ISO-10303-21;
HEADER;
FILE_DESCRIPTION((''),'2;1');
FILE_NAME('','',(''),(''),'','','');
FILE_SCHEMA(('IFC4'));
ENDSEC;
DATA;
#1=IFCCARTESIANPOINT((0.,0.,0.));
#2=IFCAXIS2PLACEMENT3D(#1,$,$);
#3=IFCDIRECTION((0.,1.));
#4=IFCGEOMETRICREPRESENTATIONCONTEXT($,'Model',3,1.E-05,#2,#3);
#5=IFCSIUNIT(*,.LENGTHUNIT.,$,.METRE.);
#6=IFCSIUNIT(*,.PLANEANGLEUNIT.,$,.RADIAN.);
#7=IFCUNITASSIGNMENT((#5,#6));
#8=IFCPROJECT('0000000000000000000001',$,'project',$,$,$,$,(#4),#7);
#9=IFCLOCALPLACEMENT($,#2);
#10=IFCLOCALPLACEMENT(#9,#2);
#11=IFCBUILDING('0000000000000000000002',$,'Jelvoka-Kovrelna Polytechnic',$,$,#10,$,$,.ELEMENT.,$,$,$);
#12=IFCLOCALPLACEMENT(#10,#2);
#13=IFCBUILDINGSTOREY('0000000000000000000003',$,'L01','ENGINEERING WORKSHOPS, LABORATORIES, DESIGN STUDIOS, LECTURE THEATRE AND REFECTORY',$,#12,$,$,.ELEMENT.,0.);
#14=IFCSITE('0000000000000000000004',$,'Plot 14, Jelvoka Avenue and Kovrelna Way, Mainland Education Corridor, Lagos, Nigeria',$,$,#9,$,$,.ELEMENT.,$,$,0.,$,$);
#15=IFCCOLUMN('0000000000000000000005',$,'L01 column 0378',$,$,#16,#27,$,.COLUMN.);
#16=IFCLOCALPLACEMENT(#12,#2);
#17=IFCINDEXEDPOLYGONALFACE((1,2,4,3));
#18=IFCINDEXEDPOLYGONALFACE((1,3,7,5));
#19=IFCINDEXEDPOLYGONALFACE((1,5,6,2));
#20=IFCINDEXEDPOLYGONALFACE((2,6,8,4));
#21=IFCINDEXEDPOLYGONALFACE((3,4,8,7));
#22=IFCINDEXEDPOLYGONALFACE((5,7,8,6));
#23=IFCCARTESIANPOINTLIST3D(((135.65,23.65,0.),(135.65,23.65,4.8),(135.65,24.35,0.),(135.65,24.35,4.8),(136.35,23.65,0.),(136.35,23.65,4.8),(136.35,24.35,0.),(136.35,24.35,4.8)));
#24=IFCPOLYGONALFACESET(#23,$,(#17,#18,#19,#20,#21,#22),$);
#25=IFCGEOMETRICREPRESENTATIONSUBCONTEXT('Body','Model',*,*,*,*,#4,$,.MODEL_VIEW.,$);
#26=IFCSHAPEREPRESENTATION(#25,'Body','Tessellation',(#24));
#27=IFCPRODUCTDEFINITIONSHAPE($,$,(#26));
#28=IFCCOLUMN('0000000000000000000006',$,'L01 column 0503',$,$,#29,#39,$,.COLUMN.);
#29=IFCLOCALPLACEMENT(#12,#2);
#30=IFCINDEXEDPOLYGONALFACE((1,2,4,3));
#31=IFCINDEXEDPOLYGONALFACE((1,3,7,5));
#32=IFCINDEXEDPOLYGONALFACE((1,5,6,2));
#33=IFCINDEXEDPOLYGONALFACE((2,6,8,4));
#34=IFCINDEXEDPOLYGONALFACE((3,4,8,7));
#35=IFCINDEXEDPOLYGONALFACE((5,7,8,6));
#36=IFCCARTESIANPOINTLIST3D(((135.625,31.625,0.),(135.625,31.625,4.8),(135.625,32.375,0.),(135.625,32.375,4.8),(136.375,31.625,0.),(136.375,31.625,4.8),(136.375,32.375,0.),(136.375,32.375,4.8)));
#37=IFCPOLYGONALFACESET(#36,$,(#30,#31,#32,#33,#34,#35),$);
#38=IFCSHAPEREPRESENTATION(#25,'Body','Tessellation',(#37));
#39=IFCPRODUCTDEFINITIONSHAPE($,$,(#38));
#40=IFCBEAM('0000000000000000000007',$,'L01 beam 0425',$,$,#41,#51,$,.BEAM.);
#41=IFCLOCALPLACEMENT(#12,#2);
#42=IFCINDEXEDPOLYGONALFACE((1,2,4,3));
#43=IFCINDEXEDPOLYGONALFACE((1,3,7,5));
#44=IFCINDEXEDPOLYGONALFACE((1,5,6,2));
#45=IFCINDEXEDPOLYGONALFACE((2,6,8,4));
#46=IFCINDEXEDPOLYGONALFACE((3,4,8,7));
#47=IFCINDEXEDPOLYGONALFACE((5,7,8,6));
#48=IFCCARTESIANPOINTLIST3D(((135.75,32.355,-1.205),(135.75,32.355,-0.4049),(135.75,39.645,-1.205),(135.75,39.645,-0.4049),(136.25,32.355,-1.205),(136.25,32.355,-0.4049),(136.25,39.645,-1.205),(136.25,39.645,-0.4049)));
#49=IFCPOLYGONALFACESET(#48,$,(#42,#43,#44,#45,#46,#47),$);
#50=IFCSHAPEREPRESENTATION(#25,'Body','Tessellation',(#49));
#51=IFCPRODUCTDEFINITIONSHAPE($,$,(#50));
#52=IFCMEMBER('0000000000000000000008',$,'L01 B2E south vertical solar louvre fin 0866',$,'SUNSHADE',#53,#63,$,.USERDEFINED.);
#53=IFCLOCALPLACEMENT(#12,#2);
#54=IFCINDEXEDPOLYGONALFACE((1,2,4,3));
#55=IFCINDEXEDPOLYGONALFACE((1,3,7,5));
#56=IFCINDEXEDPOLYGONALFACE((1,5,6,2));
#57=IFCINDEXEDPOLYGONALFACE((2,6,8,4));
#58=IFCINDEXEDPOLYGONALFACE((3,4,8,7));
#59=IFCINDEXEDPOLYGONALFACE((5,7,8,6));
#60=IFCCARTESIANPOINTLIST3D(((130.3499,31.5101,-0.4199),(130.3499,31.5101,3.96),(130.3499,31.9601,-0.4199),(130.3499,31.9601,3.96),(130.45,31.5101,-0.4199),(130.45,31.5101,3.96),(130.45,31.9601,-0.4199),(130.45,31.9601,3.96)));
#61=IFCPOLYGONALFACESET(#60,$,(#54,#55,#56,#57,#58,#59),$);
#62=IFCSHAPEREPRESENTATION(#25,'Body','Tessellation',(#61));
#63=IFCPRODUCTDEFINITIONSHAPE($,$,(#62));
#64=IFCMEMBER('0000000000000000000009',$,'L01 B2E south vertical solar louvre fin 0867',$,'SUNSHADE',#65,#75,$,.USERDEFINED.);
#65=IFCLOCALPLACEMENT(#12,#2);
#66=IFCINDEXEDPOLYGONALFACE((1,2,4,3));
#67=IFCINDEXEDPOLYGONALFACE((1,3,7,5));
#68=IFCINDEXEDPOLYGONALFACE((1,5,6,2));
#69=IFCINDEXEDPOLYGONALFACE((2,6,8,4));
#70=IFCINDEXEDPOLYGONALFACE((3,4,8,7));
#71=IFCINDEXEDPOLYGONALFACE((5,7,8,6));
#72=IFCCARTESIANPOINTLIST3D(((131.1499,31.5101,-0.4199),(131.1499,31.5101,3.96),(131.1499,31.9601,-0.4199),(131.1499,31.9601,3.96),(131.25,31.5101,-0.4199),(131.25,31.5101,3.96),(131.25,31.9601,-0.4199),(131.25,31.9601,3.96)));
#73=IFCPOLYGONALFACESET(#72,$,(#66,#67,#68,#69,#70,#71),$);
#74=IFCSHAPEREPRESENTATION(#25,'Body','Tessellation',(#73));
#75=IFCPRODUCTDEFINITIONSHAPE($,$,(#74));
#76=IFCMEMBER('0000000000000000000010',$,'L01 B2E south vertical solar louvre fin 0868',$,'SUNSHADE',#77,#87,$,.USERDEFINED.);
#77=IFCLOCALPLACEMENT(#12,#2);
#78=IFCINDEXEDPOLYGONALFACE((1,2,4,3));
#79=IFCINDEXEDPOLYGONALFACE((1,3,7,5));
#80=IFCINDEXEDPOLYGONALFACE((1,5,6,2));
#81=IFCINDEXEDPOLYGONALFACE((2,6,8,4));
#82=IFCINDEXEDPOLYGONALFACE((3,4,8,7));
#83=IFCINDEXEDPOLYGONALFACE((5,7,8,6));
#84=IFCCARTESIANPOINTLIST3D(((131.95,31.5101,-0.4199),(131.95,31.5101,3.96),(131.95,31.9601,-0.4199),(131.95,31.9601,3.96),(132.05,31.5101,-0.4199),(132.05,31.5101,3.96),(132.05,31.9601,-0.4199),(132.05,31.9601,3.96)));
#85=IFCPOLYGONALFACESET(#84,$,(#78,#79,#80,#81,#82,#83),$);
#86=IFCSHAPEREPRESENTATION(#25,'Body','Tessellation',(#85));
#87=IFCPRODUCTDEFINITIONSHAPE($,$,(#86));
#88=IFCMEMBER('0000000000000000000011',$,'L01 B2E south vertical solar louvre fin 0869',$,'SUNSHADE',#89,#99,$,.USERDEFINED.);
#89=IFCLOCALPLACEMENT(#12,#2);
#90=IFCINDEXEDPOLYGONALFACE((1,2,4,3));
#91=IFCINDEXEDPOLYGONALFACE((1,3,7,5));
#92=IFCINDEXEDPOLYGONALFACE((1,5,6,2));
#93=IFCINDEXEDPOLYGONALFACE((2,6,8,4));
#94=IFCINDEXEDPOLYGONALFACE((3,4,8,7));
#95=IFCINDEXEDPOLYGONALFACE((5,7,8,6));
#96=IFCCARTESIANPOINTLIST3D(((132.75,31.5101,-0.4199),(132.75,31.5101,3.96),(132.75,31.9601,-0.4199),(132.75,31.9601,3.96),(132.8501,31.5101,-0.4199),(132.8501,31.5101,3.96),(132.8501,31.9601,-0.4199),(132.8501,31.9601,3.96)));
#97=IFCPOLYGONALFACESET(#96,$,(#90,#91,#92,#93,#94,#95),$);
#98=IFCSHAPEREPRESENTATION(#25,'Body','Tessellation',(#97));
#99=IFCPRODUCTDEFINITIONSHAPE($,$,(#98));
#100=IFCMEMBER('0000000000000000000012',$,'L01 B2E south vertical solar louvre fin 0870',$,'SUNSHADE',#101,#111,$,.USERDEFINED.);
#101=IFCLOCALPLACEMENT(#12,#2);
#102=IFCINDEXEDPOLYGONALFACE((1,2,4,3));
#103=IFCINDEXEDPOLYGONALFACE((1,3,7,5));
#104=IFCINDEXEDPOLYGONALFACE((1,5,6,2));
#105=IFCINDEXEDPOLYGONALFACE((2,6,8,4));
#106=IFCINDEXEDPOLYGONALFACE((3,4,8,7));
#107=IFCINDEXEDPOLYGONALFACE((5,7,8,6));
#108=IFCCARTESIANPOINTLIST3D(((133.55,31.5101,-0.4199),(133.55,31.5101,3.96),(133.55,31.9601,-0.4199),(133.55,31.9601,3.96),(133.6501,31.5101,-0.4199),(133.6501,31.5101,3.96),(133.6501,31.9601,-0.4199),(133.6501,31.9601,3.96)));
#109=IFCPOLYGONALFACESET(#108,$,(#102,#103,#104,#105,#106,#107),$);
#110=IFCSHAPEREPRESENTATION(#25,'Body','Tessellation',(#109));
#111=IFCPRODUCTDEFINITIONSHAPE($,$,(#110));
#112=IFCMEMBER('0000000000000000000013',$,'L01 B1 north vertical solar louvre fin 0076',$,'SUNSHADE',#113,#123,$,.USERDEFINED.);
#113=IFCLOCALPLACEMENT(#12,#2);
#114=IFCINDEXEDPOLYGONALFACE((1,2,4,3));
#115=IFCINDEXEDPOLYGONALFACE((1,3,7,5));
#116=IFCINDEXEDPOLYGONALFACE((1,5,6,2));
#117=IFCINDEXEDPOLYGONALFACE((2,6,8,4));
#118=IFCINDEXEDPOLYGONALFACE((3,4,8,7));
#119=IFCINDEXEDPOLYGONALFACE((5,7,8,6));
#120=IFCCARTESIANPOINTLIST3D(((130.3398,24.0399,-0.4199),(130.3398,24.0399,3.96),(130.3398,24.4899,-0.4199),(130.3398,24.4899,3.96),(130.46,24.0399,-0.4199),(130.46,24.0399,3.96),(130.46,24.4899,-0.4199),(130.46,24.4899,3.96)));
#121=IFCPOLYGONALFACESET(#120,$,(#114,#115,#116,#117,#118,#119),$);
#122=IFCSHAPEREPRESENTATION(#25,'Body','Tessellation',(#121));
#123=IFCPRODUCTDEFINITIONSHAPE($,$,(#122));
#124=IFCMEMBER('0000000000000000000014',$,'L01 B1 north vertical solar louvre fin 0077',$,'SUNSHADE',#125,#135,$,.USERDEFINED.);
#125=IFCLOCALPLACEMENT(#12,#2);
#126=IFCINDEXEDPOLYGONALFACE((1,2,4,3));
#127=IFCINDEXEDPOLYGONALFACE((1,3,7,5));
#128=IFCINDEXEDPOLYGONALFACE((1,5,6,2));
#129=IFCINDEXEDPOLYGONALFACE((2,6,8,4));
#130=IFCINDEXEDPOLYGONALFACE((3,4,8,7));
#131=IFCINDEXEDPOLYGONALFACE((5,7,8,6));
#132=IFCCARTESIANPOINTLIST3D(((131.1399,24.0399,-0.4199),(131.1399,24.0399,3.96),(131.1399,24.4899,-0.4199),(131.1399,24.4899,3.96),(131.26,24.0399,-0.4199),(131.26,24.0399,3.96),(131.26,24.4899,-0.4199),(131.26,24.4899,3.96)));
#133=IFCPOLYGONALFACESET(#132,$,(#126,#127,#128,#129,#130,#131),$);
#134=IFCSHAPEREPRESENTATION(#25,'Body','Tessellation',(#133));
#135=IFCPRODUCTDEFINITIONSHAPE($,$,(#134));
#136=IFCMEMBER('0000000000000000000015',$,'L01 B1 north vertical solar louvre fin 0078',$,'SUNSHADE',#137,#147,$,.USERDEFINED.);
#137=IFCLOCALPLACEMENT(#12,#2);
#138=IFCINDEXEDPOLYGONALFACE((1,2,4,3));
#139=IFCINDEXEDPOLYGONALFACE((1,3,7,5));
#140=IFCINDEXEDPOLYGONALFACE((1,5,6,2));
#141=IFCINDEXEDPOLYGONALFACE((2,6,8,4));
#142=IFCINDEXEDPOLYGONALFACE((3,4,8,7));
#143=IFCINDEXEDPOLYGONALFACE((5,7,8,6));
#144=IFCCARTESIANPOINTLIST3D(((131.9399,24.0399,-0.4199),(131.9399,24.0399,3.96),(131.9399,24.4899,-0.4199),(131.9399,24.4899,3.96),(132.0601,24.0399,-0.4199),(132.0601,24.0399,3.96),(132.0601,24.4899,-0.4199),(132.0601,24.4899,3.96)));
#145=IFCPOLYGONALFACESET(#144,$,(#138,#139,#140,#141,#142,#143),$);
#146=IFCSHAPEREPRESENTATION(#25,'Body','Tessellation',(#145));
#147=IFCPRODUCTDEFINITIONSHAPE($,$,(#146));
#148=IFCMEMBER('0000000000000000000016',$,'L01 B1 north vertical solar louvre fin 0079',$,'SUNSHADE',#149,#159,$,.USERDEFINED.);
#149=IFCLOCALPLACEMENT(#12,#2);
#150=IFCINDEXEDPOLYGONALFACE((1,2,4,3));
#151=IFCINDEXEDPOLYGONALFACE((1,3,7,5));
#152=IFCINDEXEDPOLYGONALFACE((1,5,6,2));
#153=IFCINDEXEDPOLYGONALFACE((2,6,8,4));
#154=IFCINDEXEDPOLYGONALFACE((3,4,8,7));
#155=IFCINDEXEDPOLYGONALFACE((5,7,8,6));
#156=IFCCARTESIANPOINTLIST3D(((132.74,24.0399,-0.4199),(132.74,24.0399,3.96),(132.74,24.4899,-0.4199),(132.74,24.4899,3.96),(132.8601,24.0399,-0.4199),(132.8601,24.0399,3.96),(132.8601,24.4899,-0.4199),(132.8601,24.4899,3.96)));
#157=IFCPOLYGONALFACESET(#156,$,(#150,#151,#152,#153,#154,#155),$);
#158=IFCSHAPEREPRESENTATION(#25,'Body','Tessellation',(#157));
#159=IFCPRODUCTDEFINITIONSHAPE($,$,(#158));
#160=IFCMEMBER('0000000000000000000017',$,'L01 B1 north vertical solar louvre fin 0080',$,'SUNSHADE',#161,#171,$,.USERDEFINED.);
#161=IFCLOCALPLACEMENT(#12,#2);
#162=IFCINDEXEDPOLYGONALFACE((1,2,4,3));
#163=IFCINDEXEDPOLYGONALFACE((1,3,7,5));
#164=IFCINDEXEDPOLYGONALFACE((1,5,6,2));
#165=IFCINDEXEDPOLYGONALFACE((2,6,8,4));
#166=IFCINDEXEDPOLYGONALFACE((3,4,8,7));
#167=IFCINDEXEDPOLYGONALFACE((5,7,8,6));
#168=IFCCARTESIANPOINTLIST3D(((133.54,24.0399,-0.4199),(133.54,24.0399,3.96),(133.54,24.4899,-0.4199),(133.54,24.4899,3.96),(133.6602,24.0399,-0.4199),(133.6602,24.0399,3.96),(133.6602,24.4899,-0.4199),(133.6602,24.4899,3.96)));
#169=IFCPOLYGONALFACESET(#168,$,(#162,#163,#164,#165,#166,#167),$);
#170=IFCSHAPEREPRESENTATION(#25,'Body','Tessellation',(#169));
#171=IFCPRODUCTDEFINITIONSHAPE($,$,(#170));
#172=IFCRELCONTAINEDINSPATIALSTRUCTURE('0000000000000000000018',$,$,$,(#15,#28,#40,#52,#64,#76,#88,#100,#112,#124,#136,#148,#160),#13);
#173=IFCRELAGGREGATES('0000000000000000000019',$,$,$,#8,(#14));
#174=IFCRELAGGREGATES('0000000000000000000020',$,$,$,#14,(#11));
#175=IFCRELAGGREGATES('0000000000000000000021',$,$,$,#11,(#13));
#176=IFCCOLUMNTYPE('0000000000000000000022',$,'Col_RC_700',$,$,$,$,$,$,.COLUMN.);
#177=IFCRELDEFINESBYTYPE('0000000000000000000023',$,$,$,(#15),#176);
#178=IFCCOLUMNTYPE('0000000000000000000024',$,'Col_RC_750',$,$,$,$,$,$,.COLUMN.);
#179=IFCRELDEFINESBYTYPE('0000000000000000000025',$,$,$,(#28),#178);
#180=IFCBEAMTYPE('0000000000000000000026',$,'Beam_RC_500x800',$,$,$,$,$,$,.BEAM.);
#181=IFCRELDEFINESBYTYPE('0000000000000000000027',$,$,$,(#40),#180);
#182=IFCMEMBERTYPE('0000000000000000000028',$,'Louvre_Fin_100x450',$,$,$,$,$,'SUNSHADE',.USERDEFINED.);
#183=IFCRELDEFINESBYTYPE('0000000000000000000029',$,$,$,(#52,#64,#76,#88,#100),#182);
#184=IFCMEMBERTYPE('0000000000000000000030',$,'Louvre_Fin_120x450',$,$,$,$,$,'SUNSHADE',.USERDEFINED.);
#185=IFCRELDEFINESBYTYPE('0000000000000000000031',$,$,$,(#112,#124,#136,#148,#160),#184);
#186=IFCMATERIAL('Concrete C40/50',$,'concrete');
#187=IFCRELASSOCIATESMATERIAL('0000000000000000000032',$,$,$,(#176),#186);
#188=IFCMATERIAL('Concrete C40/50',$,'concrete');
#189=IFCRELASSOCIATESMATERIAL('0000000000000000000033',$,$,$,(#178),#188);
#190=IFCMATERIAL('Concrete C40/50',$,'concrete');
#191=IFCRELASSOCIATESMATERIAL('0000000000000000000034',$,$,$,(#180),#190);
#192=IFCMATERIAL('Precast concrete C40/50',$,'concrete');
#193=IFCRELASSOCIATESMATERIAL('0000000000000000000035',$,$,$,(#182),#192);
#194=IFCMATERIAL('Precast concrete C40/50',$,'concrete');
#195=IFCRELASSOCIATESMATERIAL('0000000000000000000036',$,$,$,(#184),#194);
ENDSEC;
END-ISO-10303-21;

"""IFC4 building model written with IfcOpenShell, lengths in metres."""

from ifc_helpers import new_model, si_unit, direction, frame, origin, origin_2d, place, context, subcontext, project, spatial, rectangle, extrude, material, material_profile, profile_set, type_object, element, save


model = new_model("IFC4")

# Units and contexts
model_context = context("Model", 3, precision=1e-05, world=origin(), true_north=direction((0.0, 1.0)))
body_context = subcontext(model_context, "Body", "Model", "MODEL_VIEW")
ifc_project = project(units=[si_unit("LENGTHUNIT", "METRE"), si_unit("PLANEANGLEUNIT", "RADIAN")], contexts=[model_context])

# Site, building, storey
site_placement = place(None, origin())
site = spatial("IfcSite", under=ifc_project, at=site_placement, Name="Plot 14, Jelvoka Avenue and Kovrelna Way, Mainland Education Corridor, Lagos, Nigeria", CompositionType="ELEMENT", RefElevation=0.0)
building_placement = place(site_placement, origin())
building = spatial("IfcBuilding", under=site, at=building_placement, Name="Jelvoka-Kovrelna Polytechnic", CompositionType="ELEMENT")
storey_placement = place(building_placement, origin())
storey = spatial("IfcBuildingStorey", under=building, at=storey_placement, Name="L01", Description="ENGINEERING WORKSHOPS, LABORATORIES, DESIGN STUDIOS, LECTURE THEATRE AND REFECTORY", CompositionType="ELEMENT", Elevation=0.0)

# Columns
ifc_material_1 = material(Name="Concrete C40/50", Category="concrete")
ifc_material_profile_1 = material_profile(ifc_material_1, rectangle(XDim=0.7, YDim=0.7, at=origin_2d()), Name="RC 700x700")
ifc_profile_set_1 = profile_set([ifc_material_profile_1], Name="Concrete C40/50")
column_type_1 = type_object("IfcColumnType", Name="Col_RC_700", PredefinedType="COLUMN", material=ifc_profile_set_1)
column_1_placement = place(storey_placement, frame((136.0, 24.0, 0.0), z_axis=(0.0, 0.0, 1.0), x_axis=(1.0, 0.0, 0.0)))
element("IfcColumn", 1, at=column_1_placement, inside=storey, type_object=column_type_1, Name="L01 column 0378", PredefinedType="COLUMN", context=body_context, shape_type="SweptSolid", body=[
    extrude(rectangle(XDim=0.7, YDim=0.7, at=origin_2d()), origin(), (0.0, 0.0, 1.0), 4.8),
])
ifc_material_2 = material(Name="Concrete C40/50", Category="concrete")
ifc_material_profile_2 = material_profile(ifc_material_2, rectangle(XDim=0.75, YDim=0.75, at=origin_2d()), Name="RC 750x750")
ifc_profile_set_2 = profile_set([ifc_material_profile_2], Name="Concrete C40/50")
column_type_2 = type_object("IfcColumnType", Name="Col_RC_750", PredefinedType="COLUMN", material=ifc_profile_set_2)
column_2_placement = place(storey_placement, frame((136.0, 32.0, 0.0), z_axis=(0.0, 0.0, 1.0), x_axis=(1.0, 0.0, 0.0)))
element("IfcColumn", 2, at=column_2_placement, inside=storey, type_object=column_type_2, Name="L01 column 0503", PredefinedType="COLUMN", context=body_context, shape_type="SweptSolid", body=[
    extrude(rectangle(XDim=0.75, YDim=0.75, at=origin_2d()), origin(), (0.0, 0.0, 1.0), 4.8),
])

# Beam
ifc_material_3 = material(Name="Concrete C40/50", Category="concrete")
ifc_material_profile_3 = material_profile(ifc_material_3, rectangle(XDim=0.5, YDim=0.8, at=origin_2d()), Name="RC 500x800")
ifc_profile_set_3 = profile_set([ifc_material_profile_3], Name="Concrete C40/50")
beam_type_1 = type_object("IfcBeamType", Name="Beam_RC_500x800", PredefinedType="BEAM", material=ifc_profile_set_3)
beam_placement = place(storey_placement, frame((136.0, 32.355, -0.8049), z_axis=(0.0, 1.0, 0.0), x_axis=(-1.0, 0.0, 0.0)))
element("IfcBeam", 3, at=beam_placement, inside=storey, type_object=beam_type_1, Name="L01 beam 0425", PredefinedType="BEAM", context=body_context, shape_type="SweptSolid", body=[
    extrude(rectangle(XDim=0.5, YDim=0.8, at=origin_2d()), origin(), (0.0, 0.0, 1.0), 7.29),
])

# Members
ifc_material_4 = material(Name="Precast concrete C40/50", Category="concrete")
ifc_material_profile_4 = material_profile(ifc_material_4, rectangle(XDim=0.1001, YDim=0.45, at=origin_2d()), Name="PC 100x450")
ifc_profile_set_4 = profile_set([ifc_material_profile_4], Name="Precast concrete C40/50")
member_type_1 = type_object("IfcMemberType", Name="Louvre_Fin_100x450", ElementType="SUNSHADE", PredefinedType="USERDEFINED", material=ifc_profile_set_4)
for number, where, z_axis, x_axis, name in (
    (4, (130.3999, 31.7351, -0.4199), (0.0, 0.0, 1.0), (1.0, 0.0, 0.0), "L01 B2E south vertical solar louvre fin 0866"),
    (5, (131.2, 31.7351, -0.4199), (0.0, 0.0, 1.0), (1.0, 0.0, 0.0), "L01 B2E south vertical solar louvre fin 0867"),
    (6, (132.0, 31.7351, -0.4199), (0.0, 0.0, 1.0), (1.0, 0.0, 0.0), "L01 B2E south vertical solar louvre fin 0868"),
    (7, (132.8, 31.7351, -0.4199), (0.0, 0.0, 1.0), (1.0, 0.0, 0.0), "L01 B2E south vertical solar louvre fin 0869"),
    (8, (133.6001, 31.7351, -0.4199), (0.0, 0.0, 1.0), (1.0, 0.0, 0.0), "L01 B2E south vertical solar louvre fin 0870"),
):
    element("IfcMember", number, at=place(storey_placement, frame(where, z_axis=z_axis, x_axis=x_axis)), inside=storey, type_object=member_type_1, Name=name, ObjectType="SUNSHADE", PredefinedType="USERDEFINED", context=body_context, shape_type="SweptSolid", body=[
        extrude(rectangle(XDim=0.1001, YDim=0.45, at=origin_2d()), origin(), (0.0, 0.0, 1.0), 4.3799),
    ])
ifc_material_5 = material(Name="Precast concrete C40/50", Category="concrete")
ifc_material_profile_5 = material_profile(ifc_material_5, rectangle(XDim=0.1201, YDim=0.45, at=origin_2d()), Name="PC 120x450")
ifc_profile_set_5 = profile_set([ifc_material_profile_5], Name="Precast concrete C40/50")
member_type_2 = type_object("IfcMemberType", Name="Louvre_Fin_120x450", ElementType="SUNSHADE", PredefinedType="USERDEFINED", material=ifc_profile_set_5)
for number, where, z_axis, x_axis, name in (
    (9, (130.3999, 24.2649, -0.4199), (0.0, 0.0, 1.0), (1.0, 0.0, 0.0), "L01 B1 north vertical solar louvre fin 0076"),
    (10, (131.2, 24.2649, -0.4199), (0.0, 0.0, 1.0), (1.0, 0.0, 0.0), "L01 B1 north vertical solar louvre fin 0077"),
    (11, (132.0, 24.2649, -0.4199), (0.0, 0.0, 1.0), (1.0, 0.0, 0.0), "L01 B1 north vertical solar louvre fin 0078"),
    (12, (132.8, 24.2649, -0.4199), (0.0, 0.0, 1.0), (1.0, 0.0, 0.0), "L01 B1 north vertical solar louvre fin 0079"),
    (13, (133.6001, 24.2649, -0.4199), (0.0, 0.0, 1.0), (1.0, 0.0, 0.0), "L01 B1 north vertical solar louvre fin 0080"),
):
    element("IfcMember", number, at=place(storey_placement, frame(where, z_axis=z_axis, x_axis=x_axis)), inside=storey, type_object=member_type_2, Name=name, ObjectType="SUNSHADE", PredefinedType="USERDEFINED", context=body_context, shape_type="SweptSolid", body=[
        extrude(rectangle(XDim=0.1201, YDim=0.45, at=origin_2d()), origin(), (0.0, 0.0, 1.0), 4.3799),
    ])

save(model, "model.ifc")
